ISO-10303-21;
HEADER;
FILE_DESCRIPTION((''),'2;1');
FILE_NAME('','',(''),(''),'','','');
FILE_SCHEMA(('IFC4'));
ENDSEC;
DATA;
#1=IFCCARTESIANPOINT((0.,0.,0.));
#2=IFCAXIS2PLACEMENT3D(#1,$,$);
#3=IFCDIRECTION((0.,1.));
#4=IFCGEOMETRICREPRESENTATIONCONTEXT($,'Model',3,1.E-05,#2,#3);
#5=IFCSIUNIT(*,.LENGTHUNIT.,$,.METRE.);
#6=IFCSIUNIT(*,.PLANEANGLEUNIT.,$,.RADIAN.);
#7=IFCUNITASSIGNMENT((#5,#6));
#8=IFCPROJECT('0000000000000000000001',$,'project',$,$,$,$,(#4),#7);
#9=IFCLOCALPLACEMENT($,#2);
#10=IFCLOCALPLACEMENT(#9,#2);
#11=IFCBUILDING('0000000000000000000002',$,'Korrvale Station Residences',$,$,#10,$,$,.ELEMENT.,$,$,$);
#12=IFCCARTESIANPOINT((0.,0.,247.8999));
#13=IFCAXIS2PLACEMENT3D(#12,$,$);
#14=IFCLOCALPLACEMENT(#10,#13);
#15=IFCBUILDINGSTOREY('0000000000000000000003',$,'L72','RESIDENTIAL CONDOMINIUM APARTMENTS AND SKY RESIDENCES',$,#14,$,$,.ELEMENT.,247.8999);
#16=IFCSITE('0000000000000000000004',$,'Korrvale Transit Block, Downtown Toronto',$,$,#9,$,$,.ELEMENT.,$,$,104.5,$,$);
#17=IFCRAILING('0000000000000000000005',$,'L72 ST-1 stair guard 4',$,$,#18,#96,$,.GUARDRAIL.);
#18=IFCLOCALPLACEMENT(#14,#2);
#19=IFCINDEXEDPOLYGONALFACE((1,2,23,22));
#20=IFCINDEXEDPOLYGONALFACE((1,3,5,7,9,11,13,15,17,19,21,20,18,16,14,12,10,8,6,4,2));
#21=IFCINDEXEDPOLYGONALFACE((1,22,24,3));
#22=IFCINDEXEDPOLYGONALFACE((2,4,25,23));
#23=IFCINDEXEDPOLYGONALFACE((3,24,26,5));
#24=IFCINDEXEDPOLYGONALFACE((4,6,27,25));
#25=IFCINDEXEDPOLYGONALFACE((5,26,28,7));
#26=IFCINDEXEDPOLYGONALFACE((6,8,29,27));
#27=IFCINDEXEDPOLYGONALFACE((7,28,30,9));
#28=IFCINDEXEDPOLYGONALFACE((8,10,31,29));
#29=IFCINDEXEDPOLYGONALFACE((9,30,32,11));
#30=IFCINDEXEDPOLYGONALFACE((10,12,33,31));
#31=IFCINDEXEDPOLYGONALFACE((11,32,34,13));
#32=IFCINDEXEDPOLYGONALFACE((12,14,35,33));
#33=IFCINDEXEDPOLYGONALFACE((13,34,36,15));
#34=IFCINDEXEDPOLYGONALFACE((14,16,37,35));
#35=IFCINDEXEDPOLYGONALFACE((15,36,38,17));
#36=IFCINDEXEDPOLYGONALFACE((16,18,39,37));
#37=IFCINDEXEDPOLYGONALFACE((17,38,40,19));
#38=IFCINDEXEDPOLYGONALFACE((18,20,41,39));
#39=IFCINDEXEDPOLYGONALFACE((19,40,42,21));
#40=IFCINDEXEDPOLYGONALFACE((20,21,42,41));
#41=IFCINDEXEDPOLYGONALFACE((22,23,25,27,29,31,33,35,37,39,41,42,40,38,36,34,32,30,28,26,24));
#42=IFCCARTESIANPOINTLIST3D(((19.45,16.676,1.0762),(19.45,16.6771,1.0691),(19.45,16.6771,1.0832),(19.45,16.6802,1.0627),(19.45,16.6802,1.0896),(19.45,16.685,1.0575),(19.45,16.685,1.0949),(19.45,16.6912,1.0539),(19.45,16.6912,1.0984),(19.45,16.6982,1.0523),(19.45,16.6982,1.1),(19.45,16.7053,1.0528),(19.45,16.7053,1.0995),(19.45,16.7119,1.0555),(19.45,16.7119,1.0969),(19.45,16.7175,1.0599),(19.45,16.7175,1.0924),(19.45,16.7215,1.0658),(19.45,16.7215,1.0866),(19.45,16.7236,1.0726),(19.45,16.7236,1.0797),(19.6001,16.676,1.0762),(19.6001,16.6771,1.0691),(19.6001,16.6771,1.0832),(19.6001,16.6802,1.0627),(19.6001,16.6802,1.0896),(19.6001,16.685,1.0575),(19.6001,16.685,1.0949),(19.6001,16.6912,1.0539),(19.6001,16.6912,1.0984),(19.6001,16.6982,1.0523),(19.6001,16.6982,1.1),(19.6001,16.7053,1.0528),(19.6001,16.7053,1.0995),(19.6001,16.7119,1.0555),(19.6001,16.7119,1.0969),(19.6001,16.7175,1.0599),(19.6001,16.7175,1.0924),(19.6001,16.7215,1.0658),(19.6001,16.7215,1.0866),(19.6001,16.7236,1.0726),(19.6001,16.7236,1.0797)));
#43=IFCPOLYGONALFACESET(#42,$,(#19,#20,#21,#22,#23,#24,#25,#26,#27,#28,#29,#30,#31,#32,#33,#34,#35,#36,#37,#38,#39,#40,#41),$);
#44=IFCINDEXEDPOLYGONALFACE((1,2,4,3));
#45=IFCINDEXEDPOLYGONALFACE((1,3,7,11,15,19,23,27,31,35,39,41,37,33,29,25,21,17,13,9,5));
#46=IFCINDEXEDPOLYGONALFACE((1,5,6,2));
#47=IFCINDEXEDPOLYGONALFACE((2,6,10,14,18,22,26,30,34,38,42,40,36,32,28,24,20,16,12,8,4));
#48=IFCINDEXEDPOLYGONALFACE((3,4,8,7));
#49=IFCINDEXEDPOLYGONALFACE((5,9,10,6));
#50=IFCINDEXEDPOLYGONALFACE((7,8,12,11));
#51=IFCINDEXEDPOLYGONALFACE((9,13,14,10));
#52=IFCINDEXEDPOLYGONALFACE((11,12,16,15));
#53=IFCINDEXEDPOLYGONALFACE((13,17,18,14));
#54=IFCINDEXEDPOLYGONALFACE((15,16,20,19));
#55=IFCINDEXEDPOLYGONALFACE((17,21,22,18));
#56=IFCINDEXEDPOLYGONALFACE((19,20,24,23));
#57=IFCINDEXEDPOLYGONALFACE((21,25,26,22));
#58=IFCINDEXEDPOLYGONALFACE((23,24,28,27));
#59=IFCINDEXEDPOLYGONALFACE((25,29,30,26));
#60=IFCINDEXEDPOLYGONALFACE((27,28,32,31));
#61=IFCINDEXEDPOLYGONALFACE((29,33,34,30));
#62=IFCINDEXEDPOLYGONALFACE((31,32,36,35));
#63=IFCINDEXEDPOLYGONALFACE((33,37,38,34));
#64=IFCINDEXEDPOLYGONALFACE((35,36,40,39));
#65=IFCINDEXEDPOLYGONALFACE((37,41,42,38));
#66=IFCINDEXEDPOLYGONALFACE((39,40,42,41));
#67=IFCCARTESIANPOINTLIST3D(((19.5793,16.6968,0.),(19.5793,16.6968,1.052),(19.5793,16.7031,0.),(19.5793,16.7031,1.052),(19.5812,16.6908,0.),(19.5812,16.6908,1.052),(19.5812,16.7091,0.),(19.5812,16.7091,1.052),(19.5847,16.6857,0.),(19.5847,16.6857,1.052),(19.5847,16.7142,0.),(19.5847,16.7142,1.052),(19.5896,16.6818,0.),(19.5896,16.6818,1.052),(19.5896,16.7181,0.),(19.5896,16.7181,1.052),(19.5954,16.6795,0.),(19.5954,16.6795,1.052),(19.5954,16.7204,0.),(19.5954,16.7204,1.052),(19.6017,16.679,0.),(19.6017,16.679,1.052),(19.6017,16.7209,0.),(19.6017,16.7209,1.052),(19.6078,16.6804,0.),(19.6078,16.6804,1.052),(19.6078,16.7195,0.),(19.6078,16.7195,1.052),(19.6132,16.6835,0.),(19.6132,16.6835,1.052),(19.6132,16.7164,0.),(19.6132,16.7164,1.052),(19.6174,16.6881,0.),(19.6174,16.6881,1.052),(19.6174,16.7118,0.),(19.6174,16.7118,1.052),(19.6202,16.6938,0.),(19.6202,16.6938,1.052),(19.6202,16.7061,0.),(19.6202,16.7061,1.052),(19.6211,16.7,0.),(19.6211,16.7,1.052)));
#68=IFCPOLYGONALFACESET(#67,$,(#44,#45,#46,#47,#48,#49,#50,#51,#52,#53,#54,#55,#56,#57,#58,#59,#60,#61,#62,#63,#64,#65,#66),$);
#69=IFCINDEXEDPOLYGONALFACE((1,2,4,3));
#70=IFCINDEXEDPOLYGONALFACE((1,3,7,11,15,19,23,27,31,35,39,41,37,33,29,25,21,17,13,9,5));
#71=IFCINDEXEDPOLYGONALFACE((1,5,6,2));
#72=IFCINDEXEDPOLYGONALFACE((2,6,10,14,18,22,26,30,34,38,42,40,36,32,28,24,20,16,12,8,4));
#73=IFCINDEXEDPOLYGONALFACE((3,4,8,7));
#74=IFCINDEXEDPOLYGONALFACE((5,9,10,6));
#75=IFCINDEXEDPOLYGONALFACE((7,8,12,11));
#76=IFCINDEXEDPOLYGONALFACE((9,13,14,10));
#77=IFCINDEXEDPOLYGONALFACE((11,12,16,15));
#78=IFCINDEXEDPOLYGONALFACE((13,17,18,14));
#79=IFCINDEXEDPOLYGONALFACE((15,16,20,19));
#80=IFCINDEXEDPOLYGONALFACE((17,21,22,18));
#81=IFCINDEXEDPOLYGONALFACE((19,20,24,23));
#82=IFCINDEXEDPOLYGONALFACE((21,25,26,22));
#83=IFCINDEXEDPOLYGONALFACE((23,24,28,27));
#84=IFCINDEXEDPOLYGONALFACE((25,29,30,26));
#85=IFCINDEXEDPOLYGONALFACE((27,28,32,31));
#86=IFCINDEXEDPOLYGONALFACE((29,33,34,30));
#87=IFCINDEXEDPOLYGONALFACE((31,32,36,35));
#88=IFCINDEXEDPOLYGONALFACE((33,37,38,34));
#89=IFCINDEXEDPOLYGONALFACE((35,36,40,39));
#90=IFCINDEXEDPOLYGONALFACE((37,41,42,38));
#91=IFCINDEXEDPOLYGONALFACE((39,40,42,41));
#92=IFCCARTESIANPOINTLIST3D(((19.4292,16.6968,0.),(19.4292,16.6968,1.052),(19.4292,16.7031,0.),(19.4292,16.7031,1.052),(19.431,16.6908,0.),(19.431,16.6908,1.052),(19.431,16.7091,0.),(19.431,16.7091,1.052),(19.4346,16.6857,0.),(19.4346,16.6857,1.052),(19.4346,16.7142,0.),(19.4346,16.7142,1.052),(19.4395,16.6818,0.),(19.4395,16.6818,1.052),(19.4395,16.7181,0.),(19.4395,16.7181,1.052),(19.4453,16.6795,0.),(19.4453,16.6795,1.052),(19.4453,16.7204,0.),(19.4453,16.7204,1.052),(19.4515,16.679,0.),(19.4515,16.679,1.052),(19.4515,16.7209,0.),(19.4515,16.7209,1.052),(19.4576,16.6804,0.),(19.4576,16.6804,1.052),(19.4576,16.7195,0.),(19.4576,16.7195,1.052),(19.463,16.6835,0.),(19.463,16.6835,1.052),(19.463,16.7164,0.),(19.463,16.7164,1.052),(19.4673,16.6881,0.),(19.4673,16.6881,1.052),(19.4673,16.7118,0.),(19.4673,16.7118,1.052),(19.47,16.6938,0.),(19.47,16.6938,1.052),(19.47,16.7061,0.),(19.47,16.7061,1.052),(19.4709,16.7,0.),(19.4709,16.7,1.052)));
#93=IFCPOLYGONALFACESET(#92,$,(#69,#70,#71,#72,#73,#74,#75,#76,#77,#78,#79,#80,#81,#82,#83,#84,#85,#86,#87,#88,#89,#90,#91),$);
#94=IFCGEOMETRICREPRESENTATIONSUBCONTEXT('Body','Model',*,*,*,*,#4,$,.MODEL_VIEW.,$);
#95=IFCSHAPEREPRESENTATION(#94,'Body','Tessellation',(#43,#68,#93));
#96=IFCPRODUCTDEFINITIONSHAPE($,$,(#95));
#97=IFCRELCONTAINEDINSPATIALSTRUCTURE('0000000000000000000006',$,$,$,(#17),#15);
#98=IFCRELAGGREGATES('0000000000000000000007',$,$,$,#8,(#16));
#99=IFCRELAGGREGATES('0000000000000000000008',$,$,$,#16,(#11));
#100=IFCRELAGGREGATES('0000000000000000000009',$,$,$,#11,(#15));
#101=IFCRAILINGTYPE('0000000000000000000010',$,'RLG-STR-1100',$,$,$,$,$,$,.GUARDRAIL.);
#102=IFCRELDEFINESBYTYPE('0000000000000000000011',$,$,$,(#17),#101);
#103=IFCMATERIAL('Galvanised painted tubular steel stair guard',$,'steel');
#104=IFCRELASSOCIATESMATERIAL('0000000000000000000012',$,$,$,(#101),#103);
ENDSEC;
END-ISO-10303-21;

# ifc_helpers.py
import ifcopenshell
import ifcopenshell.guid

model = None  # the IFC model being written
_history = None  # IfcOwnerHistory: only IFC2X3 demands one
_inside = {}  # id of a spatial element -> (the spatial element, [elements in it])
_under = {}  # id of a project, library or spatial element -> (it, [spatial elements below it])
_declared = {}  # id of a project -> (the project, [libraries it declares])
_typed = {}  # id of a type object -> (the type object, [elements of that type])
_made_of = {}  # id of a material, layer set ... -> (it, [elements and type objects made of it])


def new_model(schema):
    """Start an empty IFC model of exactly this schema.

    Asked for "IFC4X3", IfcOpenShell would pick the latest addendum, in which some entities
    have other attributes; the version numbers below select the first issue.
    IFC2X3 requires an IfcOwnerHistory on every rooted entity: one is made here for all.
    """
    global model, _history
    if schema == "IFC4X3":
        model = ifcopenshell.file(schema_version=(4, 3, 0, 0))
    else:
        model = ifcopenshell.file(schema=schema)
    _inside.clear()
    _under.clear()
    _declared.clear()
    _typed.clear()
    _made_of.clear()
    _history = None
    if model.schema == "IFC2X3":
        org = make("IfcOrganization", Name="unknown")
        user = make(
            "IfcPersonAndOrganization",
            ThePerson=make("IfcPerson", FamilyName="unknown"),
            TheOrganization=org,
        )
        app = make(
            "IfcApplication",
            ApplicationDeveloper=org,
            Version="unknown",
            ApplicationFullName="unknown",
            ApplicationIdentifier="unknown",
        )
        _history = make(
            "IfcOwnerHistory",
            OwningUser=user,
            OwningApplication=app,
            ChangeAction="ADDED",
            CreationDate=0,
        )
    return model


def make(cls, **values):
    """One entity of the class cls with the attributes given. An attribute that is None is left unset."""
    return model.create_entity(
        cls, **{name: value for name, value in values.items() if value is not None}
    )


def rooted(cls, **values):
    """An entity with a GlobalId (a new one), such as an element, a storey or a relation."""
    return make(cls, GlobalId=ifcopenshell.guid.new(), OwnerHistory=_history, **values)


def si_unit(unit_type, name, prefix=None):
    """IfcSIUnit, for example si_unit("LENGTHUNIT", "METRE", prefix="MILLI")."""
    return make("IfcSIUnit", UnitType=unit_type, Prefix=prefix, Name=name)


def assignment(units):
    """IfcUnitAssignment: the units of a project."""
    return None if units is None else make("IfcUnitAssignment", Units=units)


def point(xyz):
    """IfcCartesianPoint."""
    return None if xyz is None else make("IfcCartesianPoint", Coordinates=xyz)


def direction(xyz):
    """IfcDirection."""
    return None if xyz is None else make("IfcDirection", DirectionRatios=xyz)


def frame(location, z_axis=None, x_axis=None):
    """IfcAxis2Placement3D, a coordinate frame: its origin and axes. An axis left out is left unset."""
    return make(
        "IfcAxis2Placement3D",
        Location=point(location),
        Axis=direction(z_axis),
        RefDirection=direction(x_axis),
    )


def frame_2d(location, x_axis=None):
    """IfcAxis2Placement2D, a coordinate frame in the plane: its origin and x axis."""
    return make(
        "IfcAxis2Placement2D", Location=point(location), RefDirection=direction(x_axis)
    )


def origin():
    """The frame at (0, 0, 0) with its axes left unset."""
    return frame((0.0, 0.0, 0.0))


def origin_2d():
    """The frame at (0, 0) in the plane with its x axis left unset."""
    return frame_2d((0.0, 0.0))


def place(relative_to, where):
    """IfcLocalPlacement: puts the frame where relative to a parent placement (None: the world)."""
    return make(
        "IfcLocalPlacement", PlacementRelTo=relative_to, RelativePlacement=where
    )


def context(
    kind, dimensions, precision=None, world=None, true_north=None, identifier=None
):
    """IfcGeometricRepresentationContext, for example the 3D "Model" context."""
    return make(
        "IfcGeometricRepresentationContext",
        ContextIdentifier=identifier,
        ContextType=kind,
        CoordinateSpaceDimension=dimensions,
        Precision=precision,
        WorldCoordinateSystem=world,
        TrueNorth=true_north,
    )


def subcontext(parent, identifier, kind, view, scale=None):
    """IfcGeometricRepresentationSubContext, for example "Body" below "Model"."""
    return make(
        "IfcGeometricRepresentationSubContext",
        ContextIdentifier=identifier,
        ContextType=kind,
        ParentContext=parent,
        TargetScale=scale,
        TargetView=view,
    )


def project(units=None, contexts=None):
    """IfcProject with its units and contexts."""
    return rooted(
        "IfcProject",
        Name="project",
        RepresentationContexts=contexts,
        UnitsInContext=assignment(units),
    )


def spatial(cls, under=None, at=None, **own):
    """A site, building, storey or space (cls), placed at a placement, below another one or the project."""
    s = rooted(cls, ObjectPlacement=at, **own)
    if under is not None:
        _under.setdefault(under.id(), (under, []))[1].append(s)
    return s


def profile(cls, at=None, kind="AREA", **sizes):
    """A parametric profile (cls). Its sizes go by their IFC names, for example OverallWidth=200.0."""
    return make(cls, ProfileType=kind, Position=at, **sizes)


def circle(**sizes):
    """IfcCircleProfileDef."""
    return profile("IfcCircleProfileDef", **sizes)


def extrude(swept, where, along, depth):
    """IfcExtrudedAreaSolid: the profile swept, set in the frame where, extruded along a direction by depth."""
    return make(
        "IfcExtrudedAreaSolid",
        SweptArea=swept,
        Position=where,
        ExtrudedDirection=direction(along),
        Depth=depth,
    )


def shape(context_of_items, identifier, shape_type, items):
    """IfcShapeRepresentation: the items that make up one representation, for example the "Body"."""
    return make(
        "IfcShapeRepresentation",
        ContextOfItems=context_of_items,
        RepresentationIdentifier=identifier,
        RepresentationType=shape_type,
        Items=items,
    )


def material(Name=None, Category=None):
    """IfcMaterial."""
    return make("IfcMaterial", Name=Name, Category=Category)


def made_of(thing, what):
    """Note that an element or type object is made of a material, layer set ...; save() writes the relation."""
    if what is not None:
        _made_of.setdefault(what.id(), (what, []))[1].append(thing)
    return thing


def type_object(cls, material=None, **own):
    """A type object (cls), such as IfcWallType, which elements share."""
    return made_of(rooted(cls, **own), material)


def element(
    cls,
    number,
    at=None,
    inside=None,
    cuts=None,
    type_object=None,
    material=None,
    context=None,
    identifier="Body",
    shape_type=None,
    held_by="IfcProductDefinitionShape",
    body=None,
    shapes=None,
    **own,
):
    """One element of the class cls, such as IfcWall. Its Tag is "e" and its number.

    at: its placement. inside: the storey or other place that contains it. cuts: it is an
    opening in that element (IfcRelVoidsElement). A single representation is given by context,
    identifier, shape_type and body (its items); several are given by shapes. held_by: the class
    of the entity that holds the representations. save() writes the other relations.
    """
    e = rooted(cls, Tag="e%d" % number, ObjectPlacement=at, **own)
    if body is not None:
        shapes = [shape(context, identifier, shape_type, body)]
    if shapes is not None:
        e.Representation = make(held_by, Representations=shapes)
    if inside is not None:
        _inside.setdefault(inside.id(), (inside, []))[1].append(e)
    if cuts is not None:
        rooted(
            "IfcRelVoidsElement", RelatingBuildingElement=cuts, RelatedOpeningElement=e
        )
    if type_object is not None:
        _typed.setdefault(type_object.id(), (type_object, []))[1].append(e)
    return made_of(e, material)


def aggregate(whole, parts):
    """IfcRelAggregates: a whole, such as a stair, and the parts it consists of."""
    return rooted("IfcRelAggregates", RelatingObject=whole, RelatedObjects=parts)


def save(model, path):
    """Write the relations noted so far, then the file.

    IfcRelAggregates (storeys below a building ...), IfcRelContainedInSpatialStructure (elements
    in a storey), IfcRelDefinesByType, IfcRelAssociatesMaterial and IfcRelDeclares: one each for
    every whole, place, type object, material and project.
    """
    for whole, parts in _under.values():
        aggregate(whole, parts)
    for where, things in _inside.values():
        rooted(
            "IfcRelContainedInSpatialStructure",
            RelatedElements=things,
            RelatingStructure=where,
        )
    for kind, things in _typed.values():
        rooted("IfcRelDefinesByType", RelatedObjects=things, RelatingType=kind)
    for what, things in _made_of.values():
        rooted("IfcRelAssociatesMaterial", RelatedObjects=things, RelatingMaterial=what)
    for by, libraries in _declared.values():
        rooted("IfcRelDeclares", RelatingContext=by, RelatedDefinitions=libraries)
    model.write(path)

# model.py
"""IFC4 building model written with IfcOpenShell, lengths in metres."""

from ifc_helpers import new_model, si_unit, direction, frame, origin, origin_2d, place, context, subcontext, project, spatial, circle, extrude, material, type_object, element, save


model = new_model("IFC4")

# Units and contexts
model_context = context("Model", 3, precision=1e-05, world=origin(), true_north=direction((0.0, 1.0)))
body_context = subcontext(model_context, "Body", "Model", "MODEL_VIEW")
ifc_project = project(units=[si_unit("LENGTHUNIT", "METRE"), si_unit("PLANEANGLEUNIT", "RADIAN")], contexts=[model_context])

# Site, building, storey
site_placement = place(None, origin())
site = spatial("IfcSite", under=ifc_project, at=site_placement, Name="Korrvale Transit Block, Downtown Toronto", CompositionType="ELEMENT", RefElevation=104.5)
building_placement = place(site_placement, origin())
building = spatial("IfcBuilding", under=site, at=building_placement, Name="Korrvale Station Residences", CompositionType="ELEMENT")
storey_placement = place(building_placement, frame((0.0, 0.0, 247.8999)))
storey = spatial("IfcBuildingStorey", under=building, at=storey_placement, Name="L72", Description="RESIDENTIAL CONDOMINIUM APARTMENTS AND SKY RESIDENCES", CompositionType="ELEMENT", Elevation=247.8999)

# Railing
ifc_material_1 = material(Name="Galvanised painted tubular steel stair guard", Category="steel")
railing_type_1 = type_object("IfcRailingType", Name="RLG-STR-1100", PredefinedType="GUARDRAIL", material=ifc_material_1)
railing_1_placement = place(storey_placement, frame((19.6001, 16.7, 0.0)))
element("IfcRailing", 1, at=railing_1_placement, inside=storey, type_object=railing_type_1, Name="L72 ST-1 stair guard 4", PredefinedType="GUARDRAIL", context=body_context, shape_type="SweptSolid", body=[
    extrude(circle(Radius=0.0239, at=origin_2d()), frame((0.0, 0.0, 1.0762), z_axis=(-1.0, 0.0, 0.0), x_axis=(0.0, -1.0, 0.0)), (0.0, 0.0, 1.0), 0.1501),
    extrude(circle(Radius=0.021, at=origin_2d()), origin(), (0.0, 0.0, 1.0), 1.052),
    extrude(circle(Radius=0.021, at=origin_2d()), frame((-0.1501, 0.0, 0.0)), (0.0, 0.0, 1.0), 1.052),
])

save(model, "model.ifc")
